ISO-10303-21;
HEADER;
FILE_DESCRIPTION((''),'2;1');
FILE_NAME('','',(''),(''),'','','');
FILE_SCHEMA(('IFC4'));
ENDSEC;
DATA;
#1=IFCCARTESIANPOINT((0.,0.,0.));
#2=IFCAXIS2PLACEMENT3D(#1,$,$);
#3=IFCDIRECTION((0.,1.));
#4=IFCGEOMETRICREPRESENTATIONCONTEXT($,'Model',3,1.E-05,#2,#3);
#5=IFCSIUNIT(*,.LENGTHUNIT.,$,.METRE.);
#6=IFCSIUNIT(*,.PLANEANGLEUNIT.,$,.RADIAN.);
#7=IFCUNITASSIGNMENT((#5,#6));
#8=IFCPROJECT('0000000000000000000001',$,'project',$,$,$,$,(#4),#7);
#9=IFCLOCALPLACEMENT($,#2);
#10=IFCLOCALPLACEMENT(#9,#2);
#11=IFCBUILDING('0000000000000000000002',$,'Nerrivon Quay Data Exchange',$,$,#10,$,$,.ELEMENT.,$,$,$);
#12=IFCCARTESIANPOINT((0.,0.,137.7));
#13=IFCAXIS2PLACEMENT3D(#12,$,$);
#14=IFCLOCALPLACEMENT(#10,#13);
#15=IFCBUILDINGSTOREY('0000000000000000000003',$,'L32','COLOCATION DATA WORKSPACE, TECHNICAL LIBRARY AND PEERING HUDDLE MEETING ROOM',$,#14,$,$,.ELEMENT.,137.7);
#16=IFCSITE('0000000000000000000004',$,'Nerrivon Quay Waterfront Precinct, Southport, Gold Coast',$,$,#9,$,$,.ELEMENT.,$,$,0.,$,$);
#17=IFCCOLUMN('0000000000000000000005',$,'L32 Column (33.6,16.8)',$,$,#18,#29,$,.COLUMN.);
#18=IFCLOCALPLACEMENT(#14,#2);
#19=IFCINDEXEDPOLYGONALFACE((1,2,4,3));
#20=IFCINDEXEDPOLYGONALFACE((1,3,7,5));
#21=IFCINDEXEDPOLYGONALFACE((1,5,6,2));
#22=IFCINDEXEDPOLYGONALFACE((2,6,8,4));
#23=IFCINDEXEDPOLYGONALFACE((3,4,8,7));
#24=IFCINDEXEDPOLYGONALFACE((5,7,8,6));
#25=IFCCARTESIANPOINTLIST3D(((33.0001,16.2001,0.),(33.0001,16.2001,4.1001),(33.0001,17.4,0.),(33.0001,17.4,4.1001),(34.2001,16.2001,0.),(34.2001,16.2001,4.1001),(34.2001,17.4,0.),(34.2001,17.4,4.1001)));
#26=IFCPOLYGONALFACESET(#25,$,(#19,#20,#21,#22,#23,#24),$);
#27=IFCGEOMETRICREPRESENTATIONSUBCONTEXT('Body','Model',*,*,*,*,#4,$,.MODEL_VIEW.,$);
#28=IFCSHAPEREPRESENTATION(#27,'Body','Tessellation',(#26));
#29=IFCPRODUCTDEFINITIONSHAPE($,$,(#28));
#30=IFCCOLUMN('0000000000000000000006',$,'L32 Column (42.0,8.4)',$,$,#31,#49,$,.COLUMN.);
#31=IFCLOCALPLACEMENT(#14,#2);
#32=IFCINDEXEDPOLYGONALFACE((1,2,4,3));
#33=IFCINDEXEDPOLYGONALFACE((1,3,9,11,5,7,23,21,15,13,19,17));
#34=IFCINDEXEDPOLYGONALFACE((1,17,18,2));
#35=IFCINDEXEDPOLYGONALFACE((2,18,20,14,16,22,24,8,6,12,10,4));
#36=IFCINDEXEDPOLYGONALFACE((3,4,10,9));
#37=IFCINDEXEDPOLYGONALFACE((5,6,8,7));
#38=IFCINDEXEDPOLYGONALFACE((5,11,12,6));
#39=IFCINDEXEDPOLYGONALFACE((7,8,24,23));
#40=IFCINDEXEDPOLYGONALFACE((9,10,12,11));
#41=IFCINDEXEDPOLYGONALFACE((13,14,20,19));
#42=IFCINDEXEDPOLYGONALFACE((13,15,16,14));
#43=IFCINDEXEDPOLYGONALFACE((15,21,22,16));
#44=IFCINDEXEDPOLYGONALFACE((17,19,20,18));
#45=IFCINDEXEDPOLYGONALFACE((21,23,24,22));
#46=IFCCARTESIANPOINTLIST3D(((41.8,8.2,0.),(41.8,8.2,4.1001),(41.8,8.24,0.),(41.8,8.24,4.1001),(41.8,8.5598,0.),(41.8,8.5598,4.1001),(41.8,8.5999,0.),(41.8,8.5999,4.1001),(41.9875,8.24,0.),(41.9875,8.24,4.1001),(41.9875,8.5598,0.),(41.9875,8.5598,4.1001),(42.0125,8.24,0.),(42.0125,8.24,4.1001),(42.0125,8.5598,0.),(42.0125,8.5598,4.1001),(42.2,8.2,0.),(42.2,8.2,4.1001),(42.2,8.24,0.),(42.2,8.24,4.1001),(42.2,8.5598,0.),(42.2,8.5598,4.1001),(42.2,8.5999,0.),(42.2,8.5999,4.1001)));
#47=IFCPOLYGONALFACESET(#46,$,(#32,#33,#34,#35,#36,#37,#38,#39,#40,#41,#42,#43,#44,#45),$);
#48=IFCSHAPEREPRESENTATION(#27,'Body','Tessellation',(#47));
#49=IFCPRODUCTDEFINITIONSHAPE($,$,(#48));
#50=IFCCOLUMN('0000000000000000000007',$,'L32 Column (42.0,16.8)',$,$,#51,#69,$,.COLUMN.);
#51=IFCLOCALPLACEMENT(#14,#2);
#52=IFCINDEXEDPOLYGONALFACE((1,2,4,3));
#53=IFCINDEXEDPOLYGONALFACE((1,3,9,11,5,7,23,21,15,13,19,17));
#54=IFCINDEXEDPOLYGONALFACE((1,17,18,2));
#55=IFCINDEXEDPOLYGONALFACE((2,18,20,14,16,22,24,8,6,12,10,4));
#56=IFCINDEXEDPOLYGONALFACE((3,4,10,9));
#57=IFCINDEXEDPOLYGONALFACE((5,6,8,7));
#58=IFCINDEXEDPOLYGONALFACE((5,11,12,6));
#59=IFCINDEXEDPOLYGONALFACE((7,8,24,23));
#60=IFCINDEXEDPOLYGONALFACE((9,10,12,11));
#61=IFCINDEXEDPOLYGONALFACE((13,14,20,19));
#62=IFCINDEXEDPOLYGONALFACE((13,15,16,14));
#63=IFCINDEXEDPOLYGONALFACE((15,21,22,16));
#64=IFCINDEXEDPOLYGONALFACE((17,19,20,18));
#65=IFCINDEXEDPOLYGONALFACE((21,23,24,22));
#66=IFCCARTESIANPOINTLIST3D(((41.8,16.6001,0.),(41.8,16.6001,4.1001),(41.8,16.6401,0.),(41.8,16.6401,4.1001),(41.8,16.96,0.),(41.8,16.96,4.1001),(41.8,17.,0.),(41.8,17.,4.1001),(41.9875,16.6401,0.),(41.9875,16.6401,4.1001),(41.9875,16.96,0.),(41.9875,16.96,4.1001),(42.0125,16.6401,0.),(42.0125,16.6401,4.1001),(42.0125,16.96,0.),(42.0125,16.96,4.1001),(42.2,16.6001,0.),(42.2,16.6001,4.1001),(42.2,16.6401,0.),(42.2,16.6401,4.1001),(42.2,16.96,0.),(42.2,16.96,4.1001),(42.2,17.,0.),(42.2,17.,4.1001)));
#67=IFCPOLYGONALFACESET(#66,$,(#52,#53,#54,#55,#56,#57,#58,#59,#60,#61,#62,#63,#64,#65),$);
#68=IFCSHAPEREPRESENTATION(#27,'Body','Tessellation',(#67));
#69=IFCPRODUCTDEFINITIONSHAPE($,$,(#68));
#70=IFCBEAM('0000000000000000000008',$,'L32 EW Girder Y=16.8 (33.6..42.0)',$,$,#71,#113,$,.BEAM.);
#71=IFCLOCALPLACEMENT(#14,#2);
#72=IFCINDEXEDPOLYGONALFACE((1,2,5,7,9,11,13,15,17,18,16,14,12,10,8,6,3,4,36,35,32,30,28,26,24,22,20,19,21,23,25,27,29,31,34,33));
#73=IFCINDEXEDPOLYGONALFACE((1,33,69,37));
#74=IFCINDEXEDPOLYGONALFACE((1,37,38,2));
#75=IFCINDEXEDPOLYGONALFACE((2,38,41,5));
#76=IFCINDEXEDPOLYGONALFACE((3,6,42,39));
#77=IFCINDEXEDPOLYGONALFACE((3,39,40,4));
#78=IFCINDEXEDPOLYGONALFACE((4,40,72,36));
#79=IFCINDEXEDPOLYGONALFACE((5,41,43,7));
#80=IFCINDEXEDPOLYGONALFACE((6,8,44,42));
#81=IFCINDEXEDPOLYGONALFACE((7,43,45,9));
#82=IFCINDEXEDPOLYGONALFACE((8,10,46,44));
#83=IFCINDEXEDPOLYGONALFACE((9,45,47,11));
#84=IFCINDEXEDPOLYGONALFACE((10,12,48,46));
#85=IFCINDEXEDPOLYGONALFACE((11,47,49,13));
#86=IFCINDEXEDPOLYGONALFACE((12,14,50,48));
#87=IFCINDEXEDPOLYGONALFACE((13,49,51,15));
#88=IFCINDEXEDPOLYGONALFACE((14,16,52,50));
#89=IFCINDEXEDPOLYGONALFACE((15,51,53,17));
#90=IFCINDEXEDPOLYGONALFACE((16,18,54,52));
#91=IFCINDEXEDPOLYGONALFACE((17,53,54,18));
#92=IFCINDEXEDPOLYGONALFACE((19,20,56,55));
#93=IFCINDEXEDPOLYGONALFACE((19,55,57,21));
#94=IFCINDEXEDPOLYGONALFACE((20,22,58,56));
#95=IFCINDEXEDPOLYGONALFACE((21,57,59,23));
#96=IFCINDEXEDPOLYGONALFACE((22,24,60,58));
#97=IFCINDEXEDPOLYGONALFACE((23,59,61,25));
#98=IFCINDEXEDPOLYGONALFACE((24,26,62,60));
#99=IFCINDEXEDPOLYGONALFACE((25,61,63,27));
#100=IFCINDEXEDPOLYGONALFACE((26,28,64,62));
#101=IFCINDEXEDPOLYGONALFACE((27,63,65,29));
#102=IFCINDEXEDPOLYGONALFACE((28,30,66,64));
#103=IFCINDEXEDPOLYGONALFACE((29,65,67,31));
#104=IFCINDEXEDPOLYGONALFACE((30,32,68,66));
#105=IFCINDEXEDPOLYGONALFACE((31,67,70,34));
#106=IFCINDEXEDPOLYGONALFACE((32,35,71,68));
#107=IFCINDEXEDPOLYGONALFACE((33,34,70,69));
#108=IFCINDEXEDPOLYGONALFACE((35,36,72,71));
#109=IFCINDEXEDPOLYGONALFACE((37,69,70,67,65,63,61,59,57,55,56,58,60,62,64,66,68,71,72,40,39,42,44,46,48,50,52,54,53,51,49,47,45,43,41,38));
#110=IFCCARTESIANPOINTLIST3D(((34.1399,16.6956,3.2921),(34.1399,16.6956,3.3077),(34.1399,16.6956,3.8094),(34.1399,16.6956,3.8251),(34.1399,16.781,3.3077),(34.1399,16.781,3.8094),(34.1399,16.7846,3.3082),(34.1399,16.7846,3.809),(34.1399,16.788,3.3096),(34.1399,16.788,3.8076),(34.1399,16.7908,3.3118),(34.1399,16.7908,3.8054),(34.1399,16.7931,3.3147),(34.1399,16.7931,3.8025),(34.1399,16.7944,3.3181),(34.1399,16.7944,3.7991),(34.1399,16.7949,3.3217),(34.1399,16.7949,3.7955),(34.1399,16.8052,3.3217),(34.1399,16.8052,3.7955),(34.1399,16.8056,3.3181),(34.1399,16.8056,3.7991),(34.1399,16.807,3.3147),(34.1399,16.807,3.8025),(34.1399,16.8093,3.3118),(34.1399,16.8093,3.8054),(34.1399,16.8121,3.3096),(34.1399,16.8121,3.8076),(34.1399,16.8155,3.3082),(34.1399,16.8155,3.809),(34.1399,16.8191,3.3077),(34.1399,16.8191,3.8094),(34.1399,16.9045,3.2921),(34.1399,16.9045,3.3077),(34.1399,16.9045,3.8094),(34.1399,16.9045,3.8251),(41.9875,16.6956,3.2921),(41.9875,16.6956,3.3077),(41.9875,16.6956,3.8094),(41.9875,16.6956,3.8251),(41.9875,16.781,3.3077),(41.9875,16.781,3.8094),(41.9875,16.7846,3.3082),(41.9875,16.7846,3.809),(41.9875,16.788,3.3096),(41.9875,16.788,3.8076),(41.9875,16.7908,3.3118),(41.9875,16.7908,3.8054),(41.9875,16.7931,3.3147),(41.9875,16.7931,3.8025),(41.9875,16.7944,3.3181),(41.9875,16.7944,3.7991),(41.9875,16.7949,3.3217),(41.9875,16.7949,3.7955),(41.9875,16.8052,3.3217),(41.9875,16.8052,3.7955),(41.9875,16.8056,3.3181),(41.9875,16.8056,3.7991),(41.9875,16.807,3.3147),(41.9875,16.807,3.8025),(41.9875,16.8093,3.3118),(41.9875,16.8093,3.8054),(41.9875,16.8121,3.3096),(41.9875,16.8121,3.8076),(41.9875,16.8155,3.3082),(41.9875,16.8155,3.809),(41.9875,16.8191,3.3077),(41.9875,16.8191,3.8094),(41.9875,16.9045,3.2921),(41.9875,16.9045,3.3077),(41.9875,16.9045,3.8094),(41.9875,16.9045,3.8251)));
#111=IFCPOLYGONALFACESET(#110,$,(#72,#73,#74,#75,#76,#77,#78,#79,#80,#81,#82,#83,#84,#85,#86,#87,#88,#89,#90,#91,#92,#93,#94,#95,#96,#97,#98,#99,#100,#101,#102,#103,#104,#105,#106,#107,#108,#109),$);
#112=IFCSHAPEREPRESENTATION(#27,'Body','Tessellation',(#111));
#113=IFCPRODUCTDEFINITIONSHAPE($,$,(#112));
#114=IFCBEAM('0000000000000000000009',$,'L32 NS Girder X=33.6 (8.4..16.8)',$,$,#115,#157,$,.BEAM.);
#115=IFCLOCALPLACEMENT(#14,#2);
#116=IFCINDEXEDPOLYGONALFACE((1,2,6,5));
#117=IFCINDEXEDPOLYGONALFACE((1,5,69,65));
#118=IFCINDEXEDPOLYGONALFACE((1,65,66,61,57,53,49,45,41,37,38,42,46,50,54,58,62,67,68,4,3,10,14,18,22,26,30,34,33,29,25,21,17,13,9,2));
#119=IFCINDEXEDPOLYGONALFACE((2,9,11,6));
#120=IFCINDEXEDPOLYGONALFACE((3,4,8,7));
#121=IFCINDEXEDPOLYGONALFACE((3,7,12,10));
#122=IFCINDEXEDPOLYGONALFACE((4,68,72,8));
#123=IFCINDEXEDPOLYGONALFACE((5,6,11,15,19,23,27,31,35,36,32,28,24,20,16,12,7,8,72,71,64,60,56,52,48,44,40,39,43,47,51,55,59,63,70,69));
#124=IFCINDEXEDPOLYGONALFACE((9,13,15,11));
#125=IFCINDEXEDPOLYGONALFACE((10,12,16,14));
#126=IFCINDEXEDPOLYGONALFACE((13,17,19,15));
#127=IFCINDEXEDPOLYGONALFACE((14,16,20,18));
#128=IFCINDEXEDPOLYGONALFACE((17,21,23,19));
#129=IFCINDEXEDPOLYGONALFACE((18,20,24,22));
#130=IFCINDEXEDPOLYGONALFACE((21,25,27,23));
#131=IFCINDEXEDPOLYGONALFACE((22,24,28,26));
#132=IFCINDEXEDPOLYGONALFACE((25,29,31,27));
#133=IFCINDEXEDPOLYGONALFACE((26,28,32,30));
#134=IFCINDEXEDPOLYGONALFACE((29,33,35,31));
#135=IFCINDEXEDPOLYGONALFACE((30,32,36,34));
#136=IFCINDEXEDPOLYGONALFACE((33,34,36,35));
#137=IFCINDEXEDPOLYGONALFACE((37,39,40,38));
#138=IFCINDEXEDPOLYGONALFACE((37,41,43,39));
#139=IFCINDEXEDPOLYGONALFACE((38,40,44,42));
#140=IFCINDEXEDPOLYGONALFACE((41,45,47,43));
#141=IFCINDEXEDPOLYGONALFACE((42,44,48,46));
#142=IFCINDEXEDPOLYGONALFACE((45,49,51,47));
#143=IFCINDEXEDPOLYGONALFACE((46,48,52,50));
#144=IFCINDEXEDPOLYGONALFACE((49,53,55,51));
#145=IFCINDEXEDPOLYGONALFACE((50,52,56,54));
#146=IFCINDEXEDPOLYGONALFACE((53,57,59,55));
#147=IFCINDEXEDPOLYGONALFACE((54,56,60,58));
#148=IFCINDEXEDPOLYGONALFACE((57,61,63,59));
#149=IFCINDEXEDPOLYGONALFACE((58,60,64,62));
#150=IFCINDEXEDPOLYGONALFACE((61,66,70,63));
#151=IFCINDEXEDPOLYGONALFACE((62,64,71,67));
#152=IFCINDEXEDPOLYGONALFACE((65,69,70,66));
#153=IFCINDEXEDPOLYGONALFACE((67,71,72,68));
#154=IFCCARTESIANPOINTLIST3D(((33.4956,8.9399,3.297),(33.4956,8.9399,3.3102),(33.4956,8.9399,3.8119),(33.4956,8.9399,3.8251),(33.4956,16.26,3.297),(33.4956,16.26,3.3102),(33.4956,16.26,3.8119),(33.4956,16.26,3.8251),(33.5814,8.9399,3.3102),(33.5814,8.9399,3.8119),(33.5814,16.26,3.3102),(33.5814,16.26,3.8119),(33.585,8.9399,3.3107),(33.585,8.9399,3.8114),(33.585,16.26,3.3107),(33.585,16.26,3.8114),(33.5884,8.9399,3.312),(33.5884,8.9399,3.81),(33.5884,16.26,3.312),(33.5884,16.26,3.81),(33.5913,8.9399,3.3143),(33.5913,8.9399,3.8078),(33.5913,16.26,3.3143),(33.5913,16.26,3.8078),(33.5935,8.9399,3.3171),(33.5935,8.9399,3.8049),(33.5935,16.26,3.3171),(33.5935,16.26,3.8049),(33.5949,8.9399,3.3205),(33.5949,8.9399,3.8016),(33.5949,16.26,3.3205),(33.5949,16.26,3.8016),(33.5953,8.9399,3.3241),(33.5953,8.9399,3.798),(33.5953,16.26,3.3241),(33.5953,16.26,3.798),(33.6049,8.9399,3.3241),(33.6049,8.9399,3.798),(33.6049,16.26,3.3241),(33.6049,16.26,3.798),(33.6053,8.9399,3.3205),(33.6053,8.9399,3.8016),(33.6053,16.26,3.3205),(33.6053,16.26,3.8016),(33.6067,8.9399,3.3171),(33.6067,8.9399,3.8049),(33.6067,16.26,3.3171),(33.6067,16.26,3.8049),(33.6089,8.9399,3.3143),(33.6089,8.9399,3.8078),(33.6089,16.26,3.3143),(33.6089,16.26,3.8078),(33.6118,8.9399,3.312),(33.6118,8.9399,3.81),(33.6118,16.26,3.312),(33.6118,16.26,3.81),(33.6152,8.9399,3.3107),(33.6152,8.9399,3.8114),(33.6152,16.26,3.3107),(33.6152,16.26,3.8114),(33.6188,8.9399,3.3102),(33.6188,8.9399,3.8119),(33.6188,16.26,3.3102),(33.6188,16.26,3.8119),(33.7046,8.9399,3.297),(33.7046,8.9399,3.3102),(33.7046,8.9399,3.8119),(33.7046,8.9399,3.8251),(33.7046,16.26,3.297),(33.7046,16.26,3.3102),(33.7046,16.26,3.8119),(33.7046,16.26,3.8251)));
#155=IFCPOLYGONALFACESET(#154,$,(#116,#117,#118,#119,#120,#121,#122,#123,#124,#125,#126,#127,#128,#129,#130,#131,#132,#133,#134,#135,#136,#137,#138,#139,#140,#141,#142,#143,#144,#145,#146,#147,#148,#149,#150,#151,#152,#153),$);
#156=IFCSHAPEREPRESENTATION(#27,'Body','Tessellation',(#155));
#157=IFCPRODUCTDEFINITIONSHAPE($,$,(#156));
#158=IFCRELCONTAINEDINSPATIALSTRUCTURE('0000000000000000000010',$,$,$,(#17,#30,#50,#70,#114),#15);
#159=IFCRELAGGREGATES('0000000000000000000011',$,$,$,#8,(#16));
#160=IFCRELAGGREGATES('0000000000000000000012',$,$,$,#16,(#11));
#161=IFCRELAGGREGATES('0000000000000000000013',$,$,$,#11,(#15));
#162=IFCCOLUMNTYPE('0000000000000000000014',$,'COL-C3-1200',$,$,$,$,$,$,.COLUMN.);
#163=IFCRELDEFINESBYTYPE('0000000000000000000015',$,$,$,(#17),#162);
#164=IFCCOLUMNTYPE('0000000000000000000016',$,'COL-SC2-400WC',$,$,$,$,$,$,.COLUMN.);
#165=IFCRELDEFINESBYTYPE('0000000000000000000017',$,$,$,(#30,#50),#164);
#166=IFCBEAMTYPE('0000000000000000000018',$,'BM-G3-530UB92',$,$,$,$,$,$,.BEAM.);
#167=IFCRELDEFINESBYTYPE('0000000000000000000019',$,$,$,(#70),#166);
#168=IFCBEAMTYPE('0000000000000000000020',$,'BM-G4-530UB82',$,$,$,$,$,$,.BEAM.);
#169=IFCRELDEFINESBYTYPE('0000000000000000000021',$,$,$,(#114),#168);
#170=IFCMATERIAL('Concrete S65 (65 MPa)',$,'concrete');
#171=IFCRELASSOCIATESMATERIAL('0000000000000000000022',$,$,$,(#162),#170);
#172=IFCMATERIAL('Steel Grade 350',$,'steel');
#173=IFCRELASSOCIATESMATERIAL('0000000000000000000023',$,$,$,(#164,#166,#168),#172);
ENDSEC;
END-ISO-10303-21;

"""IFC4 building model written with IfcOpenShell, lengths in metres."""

from ifc_helpers import new_model, si_unit, direction, frame, origin, origin_2d, place, context, subcontext, project, spatial, rectangle, i_section, extrude, material, material_profile, profile_set, type_object, element, save


model = new_model("IFC4")

# Units and contexts
model_context = context("Model", 3, precision=1e-05, world=origin(), true_north=direction((0.0, 1.0)))
body_context = subcontext(model_context, "Body", "Model", "MODEL_VIEW")
ifc_project = project(units=[si_unit("LENGTHUNIT", "METRE"), si_unit("PLANEANGLEUNIT", "RADIAN")], contexts=[model_context])

# Site, building, storey
site_placement = place(None, origin())
site = spatial("IfcSite", under=ifc_project, at=site_placement, Name="Nerrivon Quay Waterfront Precinct, Southport, Gold Coast", CompositionType="ELEMENT", RefElevation=0.0)
building_placement = place(site_placement, origin())
building = spatial("IfcBuilding", under=site, at=building_placement, Name="Nerrivon Quay Data Exchange", CompositionType="ELEMENT")
storey_placement = place(building_placement, frame((0.0, 0.0, 137.7)))
storey = spatial("IfcBuildingStorey", under=building, at=storey_placement, Name="L32", Description="COLOCATION DATA WORKSPACE, TECHNICAL LIBRARY AND PEERING HUDDLE MEETING ROOM", CompositionType="ELEMENT", Elevation=137.7)

# Columns
ifc_material_1 = material(Name="Concrete S65 (65 MPa)", Category="concrete")
ifc_material_profile_1 = material_profile(ifc_material_1, rectangle(XDim=1.2, YDim=1.2, at=origin_2d()), Name="RC-COL-1200x1200")
ifc_profile_set_1 = profile_set([ifc_material_profile_1], Name="Concrete S65 (65 MPa)")
column_type_1 = type_object("IfcColumnType", Name="COL-C3-1200", PredefinedType="COLUMN", material=ifc_profile_set_1)
column_placement = place(storey_placement, frame((33.6001, 16.8, 0.0), z_axis=(0.0, 0.0, 1.0), x_axis=(1.0, 0.0, 0.0)))
element("IfcColumn", 1, at=column_placement, inside=storey, type_object=column_type_1, Name="L32 Column (33.6,16.8)", PredefinedType="COLUMN", context=body_context, shape_type="SweptSolid", body=[
    extrude(rectangle(XDim=1.2, YDim=1.2, at=origin_2d()), origin(), (0.0, 0.0, 1.0), 4.1001),
])
ifc_material_2 = material(Name="Steel Grade 350", Category="steel")
ifc_material_profile_2 = material_profile(ifc_material_2, i_section(OverallWidth=0.3999, OverallDepth=0.3999, WebThickness=0.0249, FlangeThickness=0.04, at=origin_2d()), Name="400WC328")
ifc_profile_set_2 = profile_set([ifc_material_profile_2], Name="Steel Grade 350")
column_type_2 = type_object("IfcColumnType", Name="COL-SC2-400WC", PredefinedType="COLUMN", material=ifc_profile_set_2)
for number, where, z_axis, x_axis, name in (
    (2, (42.0, 8.3999, 0.0), (0.0, 0.0, 1.0), (1.0, 0.0, 0.0), "L32 Column (42.0,8.4)"),
    (3, (42.0, 16.8, 0.0), (0.0, 0.0, 1.0), (1.0, 0.0, 0.0), "L32 Column (42.0,16.8)"),
):
    element("IfcColumn", number, at=place(storey_placement, frame(where, z_axis=z_axis, x_axis=x_axis)), inside=storey, type_object=column_type_2, Name=name, PredefinedType="COLUMN", context=body_context, shape_type="SweptSolid", body=[
        extrude(i_section(OverallWidth=0.3999, OverallDepth=0.3999, WebThickness=0.0249, FlangeThickness=0.04, at=origin_2d()), origin(), (0.0, 0.0, 1.0), 4.1001),
    ])

# Beams
ifc_material_profile_3 = material_profile(ifc_material_2, i_section(OverallWidth=0.209, OverallDepth=0.533, WebThickness=0.0103, FlangeThickness=0.0156, FilletRadius=0.0139, at=origin_2d()), Name="530UB92.4")
ifc_profile_set_3 = profile_set([ifc_material_profile_3], Name="Steel Grade 350")
beam_type_1 = type_object("IfcBeamType", Name="BM-G3-530UB92", PredefinedType="BEAM", material=ifc_profile_set_3)
beam_1_placement = place(storey_placement, frame((34.1399, 16.8, 3.5586), z_axis=(1.0, 0.0, 0.0), x_axis=(0.0, 1.0, 0.0)))
element("IfcBeam", 4, at=beam_1_placement, inside=storey, type_object=beam_type_1, Name="L32 EW Girder Y=16.8 (33.6..42.0)", PredefinedType="BEAM", context=body_context, shape_type="SweptSolid", body=[
    extrude(i_section(OverallWidth=0.209, OverallDepth=0.533, WebThickness=0.0103, FlangeThickness=0.0156, FilletRadius=0.0139, at=origin_2d()), origin(), (0.0, 0.0, 1.0), 7.8477),
])
ifc_material_profile_4 = material_profile(ifc_material_2, i_section(OverallWidth=0.209, OverallDepth=0.5281, WebThickness=0.0095, FlangeThickness=0.0132, FilletRadius=0.0139, at=origin_2d()), Name="530UB82.0")
ifc_profile_set_4 = profile_set([ifc_material_profile_4], Name="Steel Grade 350")
beam_type_2 = type_object("IfcBeamType", Name="BM-G4-530UB82", PredefinedType="BEAM", material=ifc_profile_set_4)
beam_2_placement = place(storey_placement, frame((33.6001, 8.9399, 3.561), z_axis=(0.0, 1.0, 0.0), x_axis=(-1.0, 0.0, 0.0)))
element("IfcBeam", 5, at=beam_2_placement, inside=storey, type_object=beam_type_2, Name="L32 NS Girder X=33.6 (8.4..16.8)", PredefinedType="BEAM", context=body_context, shape_type="SweptSolid", body=[
    extrude(i_section(OverallWidth=0.209, OverallDepth=0.5281, WebThickness=0.0095, FlangeThickness=0.0132, FilletRadius=0.0139, at=origin_2d()), origin(), (0.0, 0.0, 1.0), 7.3201),
])

save(model, "model.ifc")
